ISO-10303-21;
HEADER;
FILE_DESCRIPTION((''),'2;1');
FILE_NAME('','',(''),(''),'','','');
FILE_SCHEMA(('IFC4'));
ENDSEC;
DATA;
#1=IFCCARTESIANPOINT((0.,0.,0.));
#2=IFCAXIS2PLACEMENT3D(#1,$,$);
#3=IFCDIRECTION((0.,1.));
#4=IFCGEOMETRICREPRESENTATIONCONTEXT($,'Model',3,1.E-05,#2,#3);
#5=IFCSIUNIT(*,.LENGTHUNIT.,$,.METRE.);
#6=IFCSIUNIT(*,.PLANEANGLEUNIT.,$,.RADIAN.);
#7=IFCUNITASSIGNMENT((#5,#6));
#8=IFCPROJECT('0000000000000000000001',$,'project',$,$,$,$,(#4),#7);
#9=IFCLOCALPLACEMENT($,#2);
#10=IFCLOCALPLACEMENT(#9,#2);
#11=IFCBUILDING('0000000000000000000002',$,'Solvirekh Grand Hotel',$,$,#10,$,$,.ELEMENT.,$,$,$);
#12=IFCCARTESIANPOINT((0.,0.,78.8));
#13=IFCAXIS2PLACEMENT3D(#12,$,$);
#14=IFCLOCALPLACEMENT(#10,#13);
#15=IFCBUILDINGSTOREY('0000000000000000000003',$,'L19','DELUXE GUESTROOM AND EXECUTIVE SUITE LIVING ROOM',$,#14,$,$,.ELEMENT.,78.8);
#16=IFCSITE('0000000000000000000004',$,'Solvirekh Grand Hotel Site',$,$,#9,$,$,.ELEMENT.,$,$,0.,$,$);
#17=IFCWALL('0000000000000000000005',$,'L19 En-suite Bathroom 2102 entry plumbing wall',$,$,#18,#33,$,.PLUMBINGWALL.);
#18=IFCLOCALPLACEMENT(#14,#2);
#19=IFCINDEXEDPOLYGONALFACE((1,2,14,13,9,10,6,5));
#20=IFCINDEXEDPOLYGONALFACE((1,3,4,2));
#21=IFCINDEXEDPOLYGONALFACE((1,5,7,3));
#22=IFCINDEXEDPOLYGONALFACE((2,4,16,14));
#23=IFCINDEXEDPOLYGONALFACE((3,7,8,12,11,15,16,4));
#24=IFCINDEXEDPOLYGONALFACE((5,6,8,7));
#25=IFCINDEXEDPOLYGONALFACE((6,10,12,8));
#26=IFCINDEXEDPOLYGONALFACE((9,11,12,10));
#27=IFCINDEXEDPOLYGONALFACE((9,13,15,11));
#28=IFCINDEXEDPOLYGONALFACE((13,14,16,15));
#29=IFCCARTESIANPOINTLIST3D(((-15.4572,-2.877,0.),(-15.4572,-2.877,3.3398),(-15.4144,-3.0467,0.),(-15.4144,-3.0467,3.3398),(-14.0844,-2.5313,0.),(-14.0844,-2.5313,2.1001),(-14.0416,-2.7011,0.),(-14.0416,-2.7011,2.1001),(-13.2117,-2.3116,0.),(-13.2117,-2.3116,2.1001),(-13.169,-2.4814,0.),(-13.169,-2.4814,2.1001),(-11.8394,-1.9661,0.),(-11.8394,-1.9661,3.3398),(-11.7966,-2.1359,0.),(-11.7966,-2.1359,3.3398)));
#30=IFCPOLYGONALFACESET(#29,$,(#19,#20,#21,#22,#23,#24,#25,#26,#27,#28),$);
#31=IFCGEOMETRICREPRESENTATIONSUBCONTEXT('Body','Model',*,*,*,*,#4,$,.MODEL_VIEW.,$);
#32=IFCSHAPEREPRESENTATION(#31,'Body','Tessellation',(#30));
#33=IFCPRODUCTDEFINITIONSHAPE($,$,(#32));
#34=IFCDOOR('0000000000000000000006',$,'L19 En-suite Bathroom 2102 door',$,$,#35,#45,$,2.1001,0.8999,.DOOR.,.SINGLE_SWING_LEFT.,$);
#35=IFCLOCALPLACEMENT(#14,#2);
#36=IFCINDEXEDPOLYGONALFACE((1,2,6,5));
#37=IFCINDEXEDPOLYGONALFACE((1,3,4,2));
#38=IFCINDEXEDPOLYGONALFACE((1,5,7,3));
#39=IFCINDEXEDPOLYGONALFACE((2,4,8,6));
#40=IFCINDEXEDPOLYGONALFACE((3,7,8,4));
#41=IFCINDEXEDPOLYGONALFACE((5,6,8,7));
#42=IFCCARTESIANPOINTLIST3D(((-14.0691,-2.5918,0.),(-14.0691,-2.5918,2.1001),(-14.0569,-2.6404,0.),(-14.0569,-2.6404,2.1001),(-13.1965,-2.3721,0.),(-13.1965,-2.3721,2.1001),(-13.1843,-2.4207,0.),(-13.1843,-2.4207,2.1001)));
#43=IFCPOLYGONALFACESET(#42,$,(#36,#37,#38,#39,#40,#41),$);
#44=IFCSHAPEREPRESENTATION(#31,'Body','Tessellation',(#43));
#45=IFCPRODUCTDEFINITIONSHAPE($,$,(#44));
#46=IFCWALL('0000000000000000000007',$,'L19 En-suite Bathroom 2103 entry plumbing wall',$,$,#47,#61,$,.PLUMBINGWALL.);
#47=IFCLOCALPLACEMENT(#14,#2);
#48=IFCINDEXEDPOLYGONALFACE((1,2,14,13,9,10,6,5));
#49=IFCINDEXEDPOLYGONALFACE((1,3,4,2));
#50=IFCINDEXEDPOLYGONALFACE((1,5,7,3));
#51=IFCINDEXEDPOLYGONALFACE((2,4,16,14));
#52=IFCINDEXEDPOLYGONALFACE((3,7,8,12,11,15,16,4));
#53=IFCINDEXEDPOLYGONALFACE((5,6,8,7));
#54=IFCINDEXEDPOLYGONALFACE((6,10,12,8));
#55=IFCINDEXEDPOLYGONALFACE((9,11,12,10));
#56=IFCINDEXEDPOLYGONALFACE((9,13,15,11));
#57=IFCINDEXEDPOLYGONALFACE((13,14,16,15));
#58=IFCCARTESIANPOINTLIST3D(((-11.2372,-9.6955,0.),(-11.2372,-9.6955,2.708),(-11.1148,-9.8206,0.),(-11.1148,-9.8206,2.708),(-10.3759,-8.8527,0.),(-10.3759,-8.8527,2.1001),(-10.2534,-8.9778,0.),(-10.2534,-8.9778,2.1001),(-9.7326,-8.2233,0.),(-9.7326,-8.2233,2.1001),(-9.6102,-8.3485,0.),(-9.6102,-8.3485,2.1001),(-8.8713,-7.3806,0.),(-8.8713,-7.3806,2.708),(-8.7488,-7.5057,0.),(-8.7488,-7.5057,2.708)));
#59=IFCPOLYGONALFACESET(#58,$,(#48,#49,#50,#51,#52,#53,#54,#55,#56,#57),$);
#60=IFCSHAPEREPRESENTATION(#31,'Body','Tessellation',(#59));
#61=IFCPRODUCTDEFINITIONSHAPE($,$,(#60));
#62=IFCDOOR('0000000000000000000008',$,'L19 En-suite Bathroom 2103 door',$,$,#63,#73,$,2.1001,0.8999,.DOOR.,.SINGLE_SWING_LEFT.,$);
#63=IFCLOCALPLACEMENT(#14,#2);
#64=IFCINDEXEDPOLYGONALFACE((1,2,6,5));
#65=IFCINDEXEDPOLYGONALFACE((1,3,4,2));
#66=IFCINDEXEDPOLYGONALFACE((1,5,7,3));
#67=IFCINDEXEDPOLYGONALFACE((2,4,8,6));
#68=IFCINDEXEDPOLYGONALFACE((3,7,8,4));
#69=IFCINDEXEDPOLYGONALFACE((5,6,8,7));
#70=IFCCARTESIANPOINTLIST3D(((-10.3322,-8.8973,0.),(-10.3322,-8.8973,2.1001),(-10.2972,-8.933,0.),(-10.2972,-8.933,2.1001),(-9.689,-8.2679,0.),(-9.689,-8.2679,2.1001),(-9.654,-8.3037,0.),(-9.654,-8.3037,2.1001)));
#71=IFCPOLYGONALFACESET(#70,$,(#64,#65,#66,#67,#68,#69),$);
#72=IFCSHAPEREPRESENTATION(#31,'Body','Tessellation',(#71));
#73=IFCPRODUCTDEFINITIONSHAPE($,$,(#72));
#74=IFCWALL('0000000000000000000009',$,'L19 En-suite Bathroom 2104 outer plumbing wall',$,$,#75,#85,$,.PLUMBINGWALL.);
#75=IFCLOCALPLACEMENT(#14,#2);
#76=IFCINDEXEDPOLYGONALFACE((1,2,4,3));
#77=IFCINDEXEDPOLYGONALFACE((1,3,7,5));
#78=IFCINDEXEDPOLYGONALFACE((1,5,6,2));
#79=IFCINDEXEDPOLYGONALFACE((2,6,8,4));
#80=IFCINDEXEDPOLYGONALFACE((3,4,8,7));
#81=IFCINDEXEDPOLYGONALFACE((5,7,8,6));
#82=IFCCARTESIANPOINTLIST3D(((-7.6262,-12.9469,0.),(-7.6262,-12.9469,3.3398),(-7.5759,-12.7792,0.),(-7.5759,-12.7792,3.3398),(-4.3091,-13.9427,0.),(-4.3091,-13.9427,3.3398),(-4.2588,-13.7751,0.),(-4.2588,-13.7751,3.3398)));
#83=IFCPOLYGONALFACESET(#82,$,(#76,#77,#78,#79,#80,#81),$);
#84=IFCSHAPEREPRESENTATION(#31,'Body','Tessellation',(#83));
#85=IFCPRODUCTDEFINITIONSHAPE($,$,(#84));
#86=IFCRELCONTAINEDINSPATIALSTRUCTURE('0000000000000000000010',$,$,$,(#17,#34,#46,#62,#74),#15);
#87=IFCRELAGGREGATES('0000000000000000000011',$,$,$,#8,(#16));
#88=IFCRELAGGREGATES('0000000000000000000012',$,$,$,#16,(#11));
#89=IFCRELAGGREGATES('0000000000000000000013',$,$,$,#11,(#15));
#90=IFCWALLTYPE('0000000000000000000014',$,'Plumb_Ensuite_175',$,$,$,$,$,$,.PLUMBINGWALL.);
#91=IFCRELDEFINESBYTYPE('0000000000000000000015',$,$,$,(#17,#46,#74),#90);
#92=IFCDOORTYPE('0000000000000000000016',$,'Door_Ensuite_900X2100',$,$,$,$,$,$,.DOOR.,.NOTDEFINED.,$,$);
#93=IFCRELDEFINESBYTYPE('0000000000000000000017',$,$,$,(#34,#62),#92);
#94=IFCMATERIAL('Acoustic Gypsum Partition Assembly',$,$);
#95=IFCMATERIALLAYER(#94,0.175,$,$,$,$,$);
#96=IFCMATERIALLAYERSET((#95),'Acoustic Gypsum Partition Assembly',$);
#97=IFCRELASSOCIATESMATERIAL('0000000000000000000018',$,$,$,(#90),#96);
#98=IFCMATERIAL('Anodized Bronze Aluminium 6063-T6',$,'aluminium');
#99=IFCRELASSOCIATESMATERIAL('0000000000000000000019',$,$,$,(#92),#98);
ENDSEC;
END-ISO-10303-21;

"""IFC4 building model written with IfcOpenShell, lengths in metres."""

from ifc_helpers import new_model, si_unit, direction, frame, frame_2d, origin, place, context, subcontext, project, spatial, rectangle, extrude, material, layer, layer_set, type_object, element, fill, save


model = new_model("IFC4")

# Units and contexts
model_context = context("Model", 3, precision=1e-05, world=origin(), true_north=direction((0.0, 1.0)))
body_context = subcontext(model_context, "Body", "Model", "MODEL_VIEW")
ifc_project = project(units=[si_unit("LENGTHUNIT", "METRE"), si_unit("PLANEANGLEUNIT", "RADIAN")], contexts=[model_context])

# Site, building, storey
site_placement = place(None, origin())
site = spatial("IfcSite", under=ifc_project, at=site_placement, Name="Solvirekh Grand Hotel Site", CompositionType="ELEMENT", RefElevation=0.0)
building_placement = place(site_placement, origin())
building = spatial("IfcBuilding", under=site, at=building_placement, Name="Solvirekh Grand Hotel", CompositionType="ELEMENT")
storey_placement = place(building_placement, frame((0.0, 0.0, 78.8)))
storey = spatial("IfcBuildingStorey", under=building, at=storey_placement, Name="L19", Description="DELUXE GUESTROOM AND EXECUTIVE SUITE LIVING ROOM", CompositionType="ELEMENT", Elevation=78.8)

# Shared definitions
ifc_material_1 = material(Name="Anodized Bronze Aluminium 6063-T6", Category="aluminium")

# Shared definitions
ifc_material_2 = material(Name="Acoustic Gypsum Partition Assembly")

# Walls, openings, doors
ifc_layer_1 = layer(ifc_material_2, 0.175)
ifc_layer_set_1 = layer_set([ifc_layer_1], Name="Acoustic Gypsum Partition Assembly")
wall_type_1 = type_object("IfcWallType", Name="Plumb_Ensuite_175", PredefinedType="PLUMBINGWALL", material=ifc_layer_set_1)
wall_1_placement = place(storey_placement, frame((-11.8181, -2.051, 0.0), z_axis=(0.0, 0.0, 1.0), x_axis=(-0.969737, -0.244152, 0.0)))
wall_1 = element("IfcWall", 1, at=wall_1_placement, inside=storey, type_object=wall_type_1, Name="L19 En-suite Bathroom 2102 entry plumbing wall", PredefinedType="PLUMBINGWALL", context=body_context, shape_type="SweptSolid", body=[
    extrude(rectangle(XDim=3.7307, YDim=0.175, at=frame_2d((1.8652, 0.0))), origin(), (0.0, 0.0, 1.0), 3.3398),
])
opening_1_placement = place(wall_1_placement, frame((1.415, 0.0, 0.0)))
opening_1 = element("IfcOpeningElement", 2, at=opening_1_placement, cuts=wall_1, PredefinedType="OPENING", context=body_context, shape_type="SweptSolid", body=[
    extrude(rectangle(XDim=0.8999, YDim=2.1001, at=frame_2d((0.45, 1.05))), frame((0.0, 0.0977, 0.0), z_axis=(0.0, -1.0, 0.0), x_axis=(1.0, 0.0, 0.0)), (0.0, 0.0, 1.0), 0.1951),
])
door_type_1 = type_object("IfcDoorType", Name="Door_Ensuite_900X2100", OperationType="NOTDEFINED", PredefinedType="DOOR", material=ifc_material_1)
door_1_placement = place(opening_1_placement, origin())
door_1 = element("IfcDoor", 3, at=door_1_placement, inside=storey, type_object=door_type_1, Name="L19 En-suite Bathroom 2102 door", OperationType="SINGLE_SWING_LEFT", OverallHeight=2.1001, OverallWidth=0.8999, PredefinedType="DOOR", context=body_context, shape_type="SweptSolid", body=[
    extrude(rectangle(XDim=0.8999, YDim=2.1001, at=frame_2d((0.45, 1.05))), frame((0.0, 0.0249, 0.0), z_axis=(0.0, -1.0, 0.0), x_axis=(1.0, 0.0, 0.0)), (0.0, 0.0, 1.0), 0.05),
])
fill(opening_1, door_1)
wall_2_placement = place(storey_placement, frame((-8.8101, -7.4431, 0.0), z_axis=(0.0, 0.0, 1.0), x_axis=(-0.714772, -0.699357, 0.0)))
wall_2 = element("IfcWall", 4, at=wall_2_placement, inside=storey, type_object=wall_type_1, Name="L19 En-suite Bathroom 2103 entry plumbing wall", PredefinedType="PLUMBINGWALL", context=body_context, shape_type="SweptSolid", body=[
    extrude(rectangle(XDim=3.3101, YDim=0.175, at=frame_2d((1.655, 0.0))), origin(), (0.0, 0.0, 1.0), 2.708),
])
opening_2_placement = place(wall_2_placement, frame((1.2051, 0.0, 0.0)))
opening_2 = element("IfcOpeningElement", 5, at=opening_2_placement, cuts=wall_2, PredefinedType="OPENING", context=body_context, shape_type="SweptSolid", body=[
    extrude(rectangle(XDim=0.8999, YDim=2.1001, at=frame_2d((0.45, 1.05))), frame((0.0, 0.0977, 0.0), z_axis=(0.0, -1.0, 0.0), x_axis=(1.0, 0.0, 0.0)), (0.0, 0.0, 1.0), 0.1951),
])
door_2_placement = place(opening_2_placement, origin())
door_2 = element("IfcDoor", 6, at=door_2_placement, inside=storey, type_object=door_type_1, Name="L19 En-suite Bathroom 2103 door", OperationType="SINGLE_SWING_LEFT", OverallHeight=2.1001, OverallWidth=0.8999, PredefinedType="DOOR", context=body_context, shape_type="SweptSolid", body=[
    extrude(rectangle(XDim=0.8999, YDim=2.1001, at=frame_2d((0.45, 1.05))), frame((0.0, 0.0249, 0.0), z_axis=(0.0, -1.0, 0.0), x_axis=(1.0, 0.0, 0.0)), (0.0, 0.0, 1.0), 0.05),
])
fill(opening_2, door_2)

# Wall
wall_3_placement = place(storey_placement, frame((-7.6011, -12.863, 0.0), z_axis=(0.0, 0.0, 1.0), x_axis=(0.95777, -0.287535, 0.0)))
element("IfcWall", 7, at=wall_3_placement, inside=storey, type_object=wall_type_1, Name="L19 En-suite Bathroom 2104 outer plumbing wall", PredefinedType="PLUMBINGWALL", context=body_context, shape_type="SweptSolid", body=[
    extrude(rectangle(XDim=3.4634, YDim=0.175, at=frame_2d((1.7317, 0.0))), origin(), (0.0, 0.0, 1.0), 3.3398),
])

save(model, "model.ifc")
